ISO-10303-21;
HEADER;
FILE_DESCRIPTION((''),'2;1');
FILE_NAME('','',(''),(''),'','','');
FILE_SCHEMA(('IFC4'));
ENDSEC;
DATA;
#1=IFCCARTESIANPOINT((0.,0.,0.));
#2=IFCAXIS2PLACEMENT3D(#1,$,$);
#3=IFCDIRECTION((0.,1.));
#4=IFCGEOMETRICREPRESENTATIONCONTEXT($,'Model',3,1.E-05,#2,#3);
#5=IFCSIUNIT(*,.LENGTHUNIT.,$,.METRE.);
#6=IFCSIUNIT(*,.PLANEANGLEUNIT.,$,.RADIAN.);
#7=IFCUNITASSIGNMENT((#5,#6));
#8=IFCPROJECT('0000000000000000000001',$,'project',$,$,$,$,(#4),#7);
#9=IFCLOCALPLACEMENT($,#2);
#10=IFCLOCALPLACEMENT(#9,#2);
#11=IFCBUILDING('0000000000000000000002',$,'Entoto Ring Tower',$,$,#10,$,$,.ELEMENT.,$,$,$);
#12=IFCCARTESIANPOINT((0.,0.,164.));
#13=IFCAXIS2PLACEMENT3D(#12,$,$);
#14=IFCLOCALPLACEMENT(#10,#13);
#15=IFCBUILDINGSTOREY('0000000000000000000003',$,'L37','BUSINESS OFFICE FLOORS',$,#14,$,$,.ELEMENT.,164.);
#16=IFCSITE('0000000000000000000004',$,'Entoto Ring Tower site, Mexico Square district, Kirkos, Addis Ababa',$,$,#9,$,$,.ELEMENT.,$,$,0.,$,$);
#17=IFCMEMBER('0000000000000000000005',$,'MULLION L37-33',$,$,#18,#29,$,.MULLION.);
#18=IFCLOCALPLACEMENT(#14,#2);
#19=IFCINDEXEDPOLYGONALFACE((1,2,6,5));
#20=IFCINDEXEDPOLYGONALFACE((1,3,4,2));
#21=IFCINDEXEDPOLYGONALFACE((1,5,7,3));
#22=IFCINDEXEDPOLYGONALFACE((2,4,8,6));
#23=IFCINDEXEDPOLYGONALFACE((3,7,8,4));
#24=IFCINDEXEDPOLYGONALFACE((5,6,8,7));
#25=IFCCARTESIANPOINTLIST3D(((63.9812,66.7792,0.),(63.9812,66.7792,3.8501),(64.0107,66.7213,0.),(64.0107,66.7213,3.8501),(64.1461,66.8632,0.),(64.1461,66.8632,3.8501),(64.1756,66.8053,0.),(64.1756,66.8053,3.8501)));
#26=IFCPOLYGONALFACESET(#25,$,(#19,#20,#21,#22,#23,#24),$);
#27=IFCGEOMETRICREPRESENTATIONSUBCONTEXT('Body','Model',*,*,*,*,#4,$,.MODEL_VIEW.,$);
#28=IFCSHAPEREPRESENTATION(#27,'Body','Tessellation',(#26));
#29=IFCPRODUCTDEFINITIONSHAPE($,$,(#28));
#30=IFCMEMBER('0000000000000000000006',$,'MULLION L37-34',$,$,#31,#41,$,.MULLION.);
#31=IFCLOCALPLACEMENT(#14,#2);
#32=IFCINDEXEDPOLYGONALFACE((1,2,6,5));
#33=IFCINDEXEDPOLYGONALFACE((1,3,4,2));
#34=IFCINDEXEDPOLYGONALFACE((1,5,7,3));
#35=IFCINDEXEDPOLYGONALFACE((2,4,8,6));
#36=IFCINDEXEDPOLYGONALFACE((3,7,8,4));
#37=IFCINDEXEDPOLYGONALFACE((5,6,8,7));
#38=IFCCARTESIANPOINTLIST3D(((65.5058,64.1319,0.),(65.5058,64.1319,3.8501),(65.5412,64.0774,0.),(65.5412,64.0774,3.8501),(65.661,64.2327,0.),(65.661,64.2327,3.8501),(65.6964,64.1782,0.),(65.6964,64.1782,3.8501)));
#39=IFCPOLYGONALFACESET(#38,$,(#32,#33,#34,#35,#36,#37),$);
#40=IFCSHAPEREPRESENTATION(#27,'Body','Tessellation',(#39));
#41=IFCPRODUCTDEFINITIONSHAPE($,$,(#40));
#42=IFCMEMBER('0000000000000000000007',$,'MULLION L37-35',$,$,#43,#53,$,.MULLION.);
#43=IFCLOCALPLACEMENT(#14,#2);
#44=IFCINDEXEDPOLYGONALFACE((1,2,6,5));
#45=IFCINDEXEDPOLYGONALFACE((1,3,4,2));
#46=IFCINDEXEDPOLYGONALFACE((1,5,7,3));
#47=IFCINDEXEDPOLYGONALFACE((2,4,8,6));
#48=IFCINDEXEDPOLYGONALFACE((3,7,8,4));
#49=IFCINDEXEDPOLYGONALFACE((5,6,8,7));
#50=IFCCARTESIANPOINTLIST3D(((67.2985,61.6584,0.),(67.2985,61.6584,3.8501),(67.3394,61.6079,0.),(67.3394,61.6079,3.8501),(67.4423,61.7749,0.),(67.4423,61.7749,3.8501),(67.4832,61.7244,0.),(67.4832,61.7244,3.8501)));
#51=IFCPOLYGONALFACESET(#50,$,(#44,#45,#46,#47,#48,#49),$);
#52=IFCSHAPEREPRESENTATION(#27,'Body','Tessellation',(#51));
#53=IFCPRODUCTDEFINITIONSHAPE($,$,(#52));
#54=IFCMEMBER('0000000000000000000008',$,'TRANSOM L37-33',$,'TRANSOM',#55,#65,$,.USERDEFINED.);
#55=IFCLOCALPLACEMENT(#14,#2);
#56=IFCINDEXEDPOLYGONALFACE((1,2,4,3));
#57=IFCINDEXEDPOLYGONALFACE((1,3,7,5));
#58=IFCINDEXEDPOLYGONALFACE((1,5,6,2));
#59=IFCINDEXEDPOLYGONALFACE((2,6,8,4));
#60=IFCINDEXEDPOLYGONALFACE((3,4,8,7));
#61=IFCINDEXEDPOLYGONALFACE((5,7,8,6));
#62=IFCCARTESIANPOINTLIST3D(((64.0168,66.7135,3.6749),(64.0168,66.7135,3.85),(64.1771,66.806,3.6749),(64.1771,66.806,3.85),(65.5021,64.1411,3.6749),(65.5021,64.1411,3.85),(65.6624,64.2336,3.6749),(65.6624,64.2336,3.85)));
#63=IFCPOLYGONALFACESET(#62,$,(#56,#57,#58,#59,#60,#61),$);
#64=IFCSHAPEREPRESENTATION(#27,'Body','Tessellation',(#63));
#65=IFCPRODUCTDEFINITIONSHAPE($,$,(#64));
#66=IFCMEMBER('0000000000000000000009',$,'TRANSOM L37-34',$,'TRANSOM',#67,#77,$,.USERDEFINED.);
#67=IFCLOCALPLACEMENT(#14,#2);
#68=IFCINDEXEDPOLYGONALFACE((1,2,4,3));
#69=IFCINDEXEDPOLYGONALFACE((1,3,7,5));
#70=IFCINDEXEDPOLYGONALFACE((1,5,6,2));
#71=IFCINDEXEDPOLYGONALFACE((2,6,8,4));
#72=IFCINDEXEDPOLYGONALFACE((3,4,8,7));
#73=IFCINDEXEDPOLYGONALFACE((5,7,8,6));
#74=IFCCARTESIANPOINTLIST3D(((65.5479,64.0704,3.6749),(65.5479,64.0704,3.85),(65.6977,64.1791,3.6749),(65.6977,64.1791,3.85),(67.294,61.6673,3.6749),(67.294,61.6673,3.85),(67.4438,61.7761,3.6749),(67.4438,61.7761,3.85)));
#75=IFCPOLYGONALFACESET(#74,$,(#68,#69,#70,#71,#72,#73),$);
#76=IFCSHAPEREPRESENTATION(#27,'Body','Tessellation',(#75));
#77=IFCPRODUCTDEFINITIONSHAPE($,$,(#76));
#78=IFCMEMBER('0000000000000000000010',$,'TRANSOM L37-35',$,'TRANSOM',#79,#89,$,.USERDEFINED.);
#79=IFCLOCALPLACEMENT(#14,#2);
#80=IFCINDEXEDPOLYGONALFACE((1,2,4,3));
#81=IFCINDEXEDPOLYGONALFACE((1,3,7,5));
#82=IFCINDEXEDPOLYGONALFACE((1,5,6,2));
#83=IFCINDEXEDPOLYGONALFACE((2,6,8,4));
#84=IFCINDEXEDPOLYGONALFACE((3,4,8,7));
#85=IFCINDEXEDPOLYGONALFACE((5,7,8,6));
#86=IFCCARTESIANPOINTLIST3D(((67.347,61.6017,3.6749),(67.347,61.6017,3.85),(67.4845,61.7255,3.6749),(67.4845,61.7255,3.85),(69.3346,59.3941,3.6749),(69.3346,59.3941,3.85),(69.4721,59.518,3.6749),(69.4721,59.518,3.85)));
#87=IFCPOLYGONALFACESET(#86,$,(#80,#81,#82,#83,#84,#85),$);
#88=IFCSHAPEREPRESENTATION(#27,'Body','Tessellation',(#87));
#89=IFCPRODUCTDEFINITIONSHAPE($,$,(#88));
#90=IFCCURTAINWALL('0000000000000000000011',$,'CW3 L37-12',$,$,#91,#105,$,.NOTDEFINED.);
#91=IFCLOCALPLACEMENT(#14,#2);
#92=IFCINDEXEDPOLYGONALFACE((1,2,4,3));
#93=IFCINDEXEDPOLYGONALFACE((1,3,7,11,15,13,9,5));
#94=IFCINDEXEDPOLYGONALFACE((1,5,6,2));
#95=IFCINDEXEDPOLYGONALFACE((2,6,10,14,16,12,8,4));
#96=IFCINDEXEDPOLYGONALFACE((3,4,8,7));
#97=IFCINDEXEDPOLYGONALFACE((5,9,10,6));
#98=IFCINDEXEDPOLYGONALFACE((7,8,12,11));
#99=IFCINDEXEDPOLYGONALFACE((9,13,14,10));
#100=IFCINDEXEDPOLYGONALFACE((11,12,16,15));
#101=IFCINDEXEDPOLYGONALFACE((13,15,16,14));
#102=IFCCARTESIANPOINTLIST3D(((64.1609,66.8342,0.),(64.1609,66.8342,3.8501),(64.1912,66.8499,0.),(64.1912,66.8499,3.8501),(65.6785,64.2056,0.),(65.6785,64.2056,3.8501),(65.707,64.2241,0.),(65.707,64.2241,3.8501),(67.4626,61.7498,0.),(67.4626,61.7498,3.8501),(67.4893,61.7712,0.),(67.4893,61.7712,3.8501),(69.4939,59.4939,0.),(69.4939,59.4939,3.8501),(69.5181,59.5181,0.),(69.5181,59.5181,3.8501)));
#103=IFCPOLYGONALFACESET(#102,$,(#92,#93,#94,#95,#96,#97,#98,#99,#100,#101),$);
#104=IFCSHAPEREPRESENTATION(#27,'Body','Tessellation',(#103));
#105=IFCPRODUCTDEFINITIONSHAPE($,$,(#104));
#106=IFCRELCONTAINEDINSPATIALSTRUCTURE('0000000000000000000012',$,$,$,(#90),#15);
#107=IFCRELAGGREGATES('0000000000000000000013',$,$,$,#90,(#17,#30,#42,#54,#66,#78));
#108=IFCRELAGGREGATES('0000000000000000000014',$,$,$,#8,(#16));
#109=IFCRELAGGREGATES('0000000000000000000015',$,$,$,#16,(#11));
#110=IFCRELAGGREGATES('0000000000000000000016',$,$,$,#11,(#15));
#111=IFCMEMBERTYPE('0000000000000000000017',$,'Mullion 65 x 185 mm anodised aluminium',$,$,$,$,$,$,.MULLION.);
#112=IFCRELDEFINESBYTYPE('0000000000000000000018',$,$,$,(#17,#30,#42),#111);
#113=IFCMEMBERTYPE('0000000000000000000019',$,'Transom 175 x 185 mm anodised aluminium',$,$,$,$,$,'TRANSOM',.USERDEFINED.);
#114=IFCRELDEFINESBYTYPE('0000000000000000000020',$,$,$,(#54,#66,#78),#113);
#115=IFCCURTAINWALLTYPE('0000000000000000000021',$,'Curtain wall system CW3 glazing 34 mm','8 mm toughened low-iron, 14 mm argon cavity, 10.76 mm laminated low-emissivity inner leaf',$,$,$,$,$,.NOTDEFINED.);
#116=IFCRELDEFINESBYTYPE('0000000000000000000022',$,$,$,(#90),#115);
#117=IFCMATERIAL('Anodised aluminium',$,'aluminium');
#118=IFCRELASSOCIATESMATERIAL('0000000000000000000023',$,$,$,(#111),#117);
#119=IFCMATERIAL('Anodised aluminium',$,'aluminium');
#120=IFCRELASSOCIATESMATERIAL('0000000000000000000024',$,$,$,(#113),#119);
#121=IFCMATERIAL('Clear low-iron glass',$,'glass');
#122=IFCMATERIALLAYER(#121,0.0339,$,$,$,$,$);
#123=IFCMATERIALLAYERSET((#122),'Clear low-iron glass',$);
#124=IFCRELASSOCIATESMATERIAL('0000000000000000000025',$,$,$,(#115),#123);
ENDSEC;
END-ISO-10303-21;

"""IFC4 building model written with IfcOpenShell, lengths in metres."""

from ifc_helpers import new_model, si_unit, direction, frame, origin, origin_2d, place, context, subcontext, project, spatial, polyline, rectangle, outline, extrude, material, layer, layer_set, material_profile, profile_set, type_object, element, aggregate, save


model = new_model("IFC4")

# Units and contexts
model_context = context("Model", 3, precision=1e-05, world=origin(), true_north=direction((0.0, 1.0)))
body_context = subcontext(model_context, "Body", "Model", "MODEL_VIEW")
ifc_project = project(units=[si_unit("LENGTHUNIT", "METRE"), si_unit("PLANEANGLEUNIT", "RADIAN")], contexts=[model_context])

# Members
ifc_material_1 = material(Name="Anodised aluminium", Category="aluminium")
ifc_material_profile_1 = material_profile(ifc_material_1, rectangle(XDim=0.0649, YDim=0.1851, at=origin_2d()), Name="Mullion 65 x 185 mm anodised aluminium")
ifc_profile_set_1 = profile_set([ifc_material_profile_1], Name="Anodised aluminium")
member_type_1 = type_object("IfcMemberType", Name="Mullion 65 x 185 mm anodised aluminium", PredefinedType="MULLION", material=ifc_profile_set_1)
site_placement = place(None, origin())
building_placement = place(site_placement, origin())
storey_placement = place(building_placement, frame((0.0, 0.0, 164.0)))
member_1_placement = place(storey_placement, frame((64.0784, 66.7922, 0.0), z_axis=(0.0, 0.0, 1.0), x_axis=(0.45399, -0.891007, 0.0)))
member_1 = element("IfcMember", 1, at=member_1_placement, type_object=member_type_1, Name="MULLION L37-33", PredefinedType="MULLION", context=body_context, shape_type="SweptSolid", body=[
    extrude(rectangle(XDim=0.0649, YDim=0.1851, at=origin_2d()), origin(), (0.0, 0.0, 1.0), 3.8501),
])
member_2_placement = place(storey_placement, frame((65.6011, 64.155, 0.0), z_axis=(0.0, 0.0, 1.0), x_axis=(0.544639, -0.838671, 0.0)))
member_2 = element("IfcMember", 2, at=member_2_placement, type_object=member_type_1, Name="MULLION L37-34", PredefinedType="MULLION", context=body_context, shape_type="SweptSolid", body=[
    extrude(rectangle(XDim=0.0649, YDim=0.1851, at=origin_2d()), origin(), (0.0, 0.0, 1.0), 3.8501),
])
member_3_placement = place(storey_placement, frame((67.3909, 61.6914, 0.0), z_axis=(0.0, 0.0, 1.0), x_axis=(0.62932, -0.777146, 0.0)))
member_3 = element("IfcMember", 3, at=member_3_placement, type_object=member_type_1, Name="MULLION L37-35", PredefinedType="MULLION", context=body_context, shape_type="SweptSolid", body=[
    extrude(rectangle(XDim=0.0649, YDim=0.1851, at=origin_2d()), origin(), (0.0, 0.0, 1.0), 3.8501),
])
ifc_material_2 = material(Name="Anodised aluminium", Category="aluminium")
ifc_material_profile_2 = material_profile(ifc_material_2, rectangle(XDim=0.1851, YDim=0.175, at=origin_2d()), Name="Transom 175 x 185 mm anodised aluminium")
ifc_profile_set_2 = profile_set([ifc_material_profile_2], Name="Anodised aluminium")
member_type_2 = type_object("IfcMemberType", Name="Transom 175 x 185 mm anodised aluminium", ElementType="TRANSOM", PredefinedType="USERDEFINED", material=ifc_profile_set_2)
member_4_placement = place(storey_placement, frame((64.0969, 66.7598, 3.7625), z_axis=(0.500028, -0.866009, 0.0), x_axis=(0.866009, 0.500028, 0.0)))
member_4 = element("IfcMember", 4, at=member_4_placement, type_object=member_type_2, Name="TRANSOM L37-33", ObjectType="TRANSOM", PredefinedType="USERDEFINED", context=body_context, shape_type="SweptSolid", body=[
    extrude(rectangle(XDim=0.1851, YDim=0.175, at=origin_2d()), origin(), (0.0, 0.0, 1.0), 2.9705),
])
member_5_placement = place(storey_placement, frame((65.6228, 64.1248, 3.7625), z_axis=(0.58782, -0.808992, 0.0), x_axis=(0.808992, 0.58782, 0.0)))
member_5 = element("IfcMember", 5, at=member_5_placement, type_object=member_type_2, Name="TRANSOM L37-34", ObjectType="TRANSOM", PredefinedType="USERDEFINED", context=body_context, shape_type="SweptSolid", body=[
    extrude(rectangle(XDim=0.1851, YDim=0.175, at=origin_2d()), origin(), (0.0, 0.0, 1.0), 2.9705),
])
member_6_placement = place(storey_placement, frame((67.4158, 61.6636, 3.7625), z_axis=(0.66911, -0.743163, 0.0), x_axis=(0.743163, 0.66911, 0.0)))
member_6 = element("IfcMember", 6, at=member_6_placement, type_object=member_type_2, Name="TRANSOM L37-35", ObjectType="TRANSOM", PredefinedType="USERDEFINED", context=body_context, shape_type="SweptSolid", body=[
    extrude(rectangle(XDim=0.1851, YDim=0.175, at=origin_2d()), origin(), (0.0, 0.0, 1.0), 2.9705),
])

# Site, building, storey
site = spatial("IfcSite", under=ifc_project, at=site_placement, Name="Entoto Ring Tower site, Mexico Square district, Kirkos, Addis Ababa", CompositionType="ELEMENT", RefElevation=0.0)
building = spatial("IfcBuilding", under=site, at=building_placement, Name="Entoto Ring Tower", CompositionType="ELEMENT")
storey = spatial("IfcBuildingStorey", under=building, at=storey_placement, Name="L37", Description="BUSINESS OFFICE FLOORS", CompositionType="ELEMENT", Elevation=164.0)

# Curtain wall
ifc_material_3 = material(Name="Clear low-iron glass", Category="glass")
ifc_layer = layer(ifc_material_3, 0.0339)
ifc_layer_set = layer_set([ifc_layer], Name="Clear low-iron glass")
curtain_wall_type = type_object("IfcCurtainWallType", Name="Curtain wall system CW3 glazing 34 mm", Description="8 mm toughened low-iron, 14 mm argon cavity, 10.76 mm laminated low-emissivity inner leaf", PredefinedType="NOTDEFINED", material=ifc_layer_set)
curtain_wall_1_placement = place(storey_placement, origin())
curtain_wall_1 = element("IfcCurtainWall", 7, at=curtain_wall_1_placement, inside=storey, type_object=curtain_wall_type, Name="CW3 L37-12", PredefinedType="NOTDEFINED", context=body_context, shape_type="SweptSolid", body=[
    extrude(outline(polyline([(64.1609, 66.8342), (65.6785, 64.2056), (67.4626, 61.7498), (69.4939, 59.4939), (69.5181, 59.5181), (67.4893, 61.7712), (65.707, 64.2241), (64.1912, 66.8499), (64.1609, 66.8342)])), origin(), (0.0, 0.0, 1.0), 3.8501),
])
aggregate(curtain_wall_1, [member_1, member_2, member_3, member_4, member_5, member_6])

save(model, "model.ifc")
